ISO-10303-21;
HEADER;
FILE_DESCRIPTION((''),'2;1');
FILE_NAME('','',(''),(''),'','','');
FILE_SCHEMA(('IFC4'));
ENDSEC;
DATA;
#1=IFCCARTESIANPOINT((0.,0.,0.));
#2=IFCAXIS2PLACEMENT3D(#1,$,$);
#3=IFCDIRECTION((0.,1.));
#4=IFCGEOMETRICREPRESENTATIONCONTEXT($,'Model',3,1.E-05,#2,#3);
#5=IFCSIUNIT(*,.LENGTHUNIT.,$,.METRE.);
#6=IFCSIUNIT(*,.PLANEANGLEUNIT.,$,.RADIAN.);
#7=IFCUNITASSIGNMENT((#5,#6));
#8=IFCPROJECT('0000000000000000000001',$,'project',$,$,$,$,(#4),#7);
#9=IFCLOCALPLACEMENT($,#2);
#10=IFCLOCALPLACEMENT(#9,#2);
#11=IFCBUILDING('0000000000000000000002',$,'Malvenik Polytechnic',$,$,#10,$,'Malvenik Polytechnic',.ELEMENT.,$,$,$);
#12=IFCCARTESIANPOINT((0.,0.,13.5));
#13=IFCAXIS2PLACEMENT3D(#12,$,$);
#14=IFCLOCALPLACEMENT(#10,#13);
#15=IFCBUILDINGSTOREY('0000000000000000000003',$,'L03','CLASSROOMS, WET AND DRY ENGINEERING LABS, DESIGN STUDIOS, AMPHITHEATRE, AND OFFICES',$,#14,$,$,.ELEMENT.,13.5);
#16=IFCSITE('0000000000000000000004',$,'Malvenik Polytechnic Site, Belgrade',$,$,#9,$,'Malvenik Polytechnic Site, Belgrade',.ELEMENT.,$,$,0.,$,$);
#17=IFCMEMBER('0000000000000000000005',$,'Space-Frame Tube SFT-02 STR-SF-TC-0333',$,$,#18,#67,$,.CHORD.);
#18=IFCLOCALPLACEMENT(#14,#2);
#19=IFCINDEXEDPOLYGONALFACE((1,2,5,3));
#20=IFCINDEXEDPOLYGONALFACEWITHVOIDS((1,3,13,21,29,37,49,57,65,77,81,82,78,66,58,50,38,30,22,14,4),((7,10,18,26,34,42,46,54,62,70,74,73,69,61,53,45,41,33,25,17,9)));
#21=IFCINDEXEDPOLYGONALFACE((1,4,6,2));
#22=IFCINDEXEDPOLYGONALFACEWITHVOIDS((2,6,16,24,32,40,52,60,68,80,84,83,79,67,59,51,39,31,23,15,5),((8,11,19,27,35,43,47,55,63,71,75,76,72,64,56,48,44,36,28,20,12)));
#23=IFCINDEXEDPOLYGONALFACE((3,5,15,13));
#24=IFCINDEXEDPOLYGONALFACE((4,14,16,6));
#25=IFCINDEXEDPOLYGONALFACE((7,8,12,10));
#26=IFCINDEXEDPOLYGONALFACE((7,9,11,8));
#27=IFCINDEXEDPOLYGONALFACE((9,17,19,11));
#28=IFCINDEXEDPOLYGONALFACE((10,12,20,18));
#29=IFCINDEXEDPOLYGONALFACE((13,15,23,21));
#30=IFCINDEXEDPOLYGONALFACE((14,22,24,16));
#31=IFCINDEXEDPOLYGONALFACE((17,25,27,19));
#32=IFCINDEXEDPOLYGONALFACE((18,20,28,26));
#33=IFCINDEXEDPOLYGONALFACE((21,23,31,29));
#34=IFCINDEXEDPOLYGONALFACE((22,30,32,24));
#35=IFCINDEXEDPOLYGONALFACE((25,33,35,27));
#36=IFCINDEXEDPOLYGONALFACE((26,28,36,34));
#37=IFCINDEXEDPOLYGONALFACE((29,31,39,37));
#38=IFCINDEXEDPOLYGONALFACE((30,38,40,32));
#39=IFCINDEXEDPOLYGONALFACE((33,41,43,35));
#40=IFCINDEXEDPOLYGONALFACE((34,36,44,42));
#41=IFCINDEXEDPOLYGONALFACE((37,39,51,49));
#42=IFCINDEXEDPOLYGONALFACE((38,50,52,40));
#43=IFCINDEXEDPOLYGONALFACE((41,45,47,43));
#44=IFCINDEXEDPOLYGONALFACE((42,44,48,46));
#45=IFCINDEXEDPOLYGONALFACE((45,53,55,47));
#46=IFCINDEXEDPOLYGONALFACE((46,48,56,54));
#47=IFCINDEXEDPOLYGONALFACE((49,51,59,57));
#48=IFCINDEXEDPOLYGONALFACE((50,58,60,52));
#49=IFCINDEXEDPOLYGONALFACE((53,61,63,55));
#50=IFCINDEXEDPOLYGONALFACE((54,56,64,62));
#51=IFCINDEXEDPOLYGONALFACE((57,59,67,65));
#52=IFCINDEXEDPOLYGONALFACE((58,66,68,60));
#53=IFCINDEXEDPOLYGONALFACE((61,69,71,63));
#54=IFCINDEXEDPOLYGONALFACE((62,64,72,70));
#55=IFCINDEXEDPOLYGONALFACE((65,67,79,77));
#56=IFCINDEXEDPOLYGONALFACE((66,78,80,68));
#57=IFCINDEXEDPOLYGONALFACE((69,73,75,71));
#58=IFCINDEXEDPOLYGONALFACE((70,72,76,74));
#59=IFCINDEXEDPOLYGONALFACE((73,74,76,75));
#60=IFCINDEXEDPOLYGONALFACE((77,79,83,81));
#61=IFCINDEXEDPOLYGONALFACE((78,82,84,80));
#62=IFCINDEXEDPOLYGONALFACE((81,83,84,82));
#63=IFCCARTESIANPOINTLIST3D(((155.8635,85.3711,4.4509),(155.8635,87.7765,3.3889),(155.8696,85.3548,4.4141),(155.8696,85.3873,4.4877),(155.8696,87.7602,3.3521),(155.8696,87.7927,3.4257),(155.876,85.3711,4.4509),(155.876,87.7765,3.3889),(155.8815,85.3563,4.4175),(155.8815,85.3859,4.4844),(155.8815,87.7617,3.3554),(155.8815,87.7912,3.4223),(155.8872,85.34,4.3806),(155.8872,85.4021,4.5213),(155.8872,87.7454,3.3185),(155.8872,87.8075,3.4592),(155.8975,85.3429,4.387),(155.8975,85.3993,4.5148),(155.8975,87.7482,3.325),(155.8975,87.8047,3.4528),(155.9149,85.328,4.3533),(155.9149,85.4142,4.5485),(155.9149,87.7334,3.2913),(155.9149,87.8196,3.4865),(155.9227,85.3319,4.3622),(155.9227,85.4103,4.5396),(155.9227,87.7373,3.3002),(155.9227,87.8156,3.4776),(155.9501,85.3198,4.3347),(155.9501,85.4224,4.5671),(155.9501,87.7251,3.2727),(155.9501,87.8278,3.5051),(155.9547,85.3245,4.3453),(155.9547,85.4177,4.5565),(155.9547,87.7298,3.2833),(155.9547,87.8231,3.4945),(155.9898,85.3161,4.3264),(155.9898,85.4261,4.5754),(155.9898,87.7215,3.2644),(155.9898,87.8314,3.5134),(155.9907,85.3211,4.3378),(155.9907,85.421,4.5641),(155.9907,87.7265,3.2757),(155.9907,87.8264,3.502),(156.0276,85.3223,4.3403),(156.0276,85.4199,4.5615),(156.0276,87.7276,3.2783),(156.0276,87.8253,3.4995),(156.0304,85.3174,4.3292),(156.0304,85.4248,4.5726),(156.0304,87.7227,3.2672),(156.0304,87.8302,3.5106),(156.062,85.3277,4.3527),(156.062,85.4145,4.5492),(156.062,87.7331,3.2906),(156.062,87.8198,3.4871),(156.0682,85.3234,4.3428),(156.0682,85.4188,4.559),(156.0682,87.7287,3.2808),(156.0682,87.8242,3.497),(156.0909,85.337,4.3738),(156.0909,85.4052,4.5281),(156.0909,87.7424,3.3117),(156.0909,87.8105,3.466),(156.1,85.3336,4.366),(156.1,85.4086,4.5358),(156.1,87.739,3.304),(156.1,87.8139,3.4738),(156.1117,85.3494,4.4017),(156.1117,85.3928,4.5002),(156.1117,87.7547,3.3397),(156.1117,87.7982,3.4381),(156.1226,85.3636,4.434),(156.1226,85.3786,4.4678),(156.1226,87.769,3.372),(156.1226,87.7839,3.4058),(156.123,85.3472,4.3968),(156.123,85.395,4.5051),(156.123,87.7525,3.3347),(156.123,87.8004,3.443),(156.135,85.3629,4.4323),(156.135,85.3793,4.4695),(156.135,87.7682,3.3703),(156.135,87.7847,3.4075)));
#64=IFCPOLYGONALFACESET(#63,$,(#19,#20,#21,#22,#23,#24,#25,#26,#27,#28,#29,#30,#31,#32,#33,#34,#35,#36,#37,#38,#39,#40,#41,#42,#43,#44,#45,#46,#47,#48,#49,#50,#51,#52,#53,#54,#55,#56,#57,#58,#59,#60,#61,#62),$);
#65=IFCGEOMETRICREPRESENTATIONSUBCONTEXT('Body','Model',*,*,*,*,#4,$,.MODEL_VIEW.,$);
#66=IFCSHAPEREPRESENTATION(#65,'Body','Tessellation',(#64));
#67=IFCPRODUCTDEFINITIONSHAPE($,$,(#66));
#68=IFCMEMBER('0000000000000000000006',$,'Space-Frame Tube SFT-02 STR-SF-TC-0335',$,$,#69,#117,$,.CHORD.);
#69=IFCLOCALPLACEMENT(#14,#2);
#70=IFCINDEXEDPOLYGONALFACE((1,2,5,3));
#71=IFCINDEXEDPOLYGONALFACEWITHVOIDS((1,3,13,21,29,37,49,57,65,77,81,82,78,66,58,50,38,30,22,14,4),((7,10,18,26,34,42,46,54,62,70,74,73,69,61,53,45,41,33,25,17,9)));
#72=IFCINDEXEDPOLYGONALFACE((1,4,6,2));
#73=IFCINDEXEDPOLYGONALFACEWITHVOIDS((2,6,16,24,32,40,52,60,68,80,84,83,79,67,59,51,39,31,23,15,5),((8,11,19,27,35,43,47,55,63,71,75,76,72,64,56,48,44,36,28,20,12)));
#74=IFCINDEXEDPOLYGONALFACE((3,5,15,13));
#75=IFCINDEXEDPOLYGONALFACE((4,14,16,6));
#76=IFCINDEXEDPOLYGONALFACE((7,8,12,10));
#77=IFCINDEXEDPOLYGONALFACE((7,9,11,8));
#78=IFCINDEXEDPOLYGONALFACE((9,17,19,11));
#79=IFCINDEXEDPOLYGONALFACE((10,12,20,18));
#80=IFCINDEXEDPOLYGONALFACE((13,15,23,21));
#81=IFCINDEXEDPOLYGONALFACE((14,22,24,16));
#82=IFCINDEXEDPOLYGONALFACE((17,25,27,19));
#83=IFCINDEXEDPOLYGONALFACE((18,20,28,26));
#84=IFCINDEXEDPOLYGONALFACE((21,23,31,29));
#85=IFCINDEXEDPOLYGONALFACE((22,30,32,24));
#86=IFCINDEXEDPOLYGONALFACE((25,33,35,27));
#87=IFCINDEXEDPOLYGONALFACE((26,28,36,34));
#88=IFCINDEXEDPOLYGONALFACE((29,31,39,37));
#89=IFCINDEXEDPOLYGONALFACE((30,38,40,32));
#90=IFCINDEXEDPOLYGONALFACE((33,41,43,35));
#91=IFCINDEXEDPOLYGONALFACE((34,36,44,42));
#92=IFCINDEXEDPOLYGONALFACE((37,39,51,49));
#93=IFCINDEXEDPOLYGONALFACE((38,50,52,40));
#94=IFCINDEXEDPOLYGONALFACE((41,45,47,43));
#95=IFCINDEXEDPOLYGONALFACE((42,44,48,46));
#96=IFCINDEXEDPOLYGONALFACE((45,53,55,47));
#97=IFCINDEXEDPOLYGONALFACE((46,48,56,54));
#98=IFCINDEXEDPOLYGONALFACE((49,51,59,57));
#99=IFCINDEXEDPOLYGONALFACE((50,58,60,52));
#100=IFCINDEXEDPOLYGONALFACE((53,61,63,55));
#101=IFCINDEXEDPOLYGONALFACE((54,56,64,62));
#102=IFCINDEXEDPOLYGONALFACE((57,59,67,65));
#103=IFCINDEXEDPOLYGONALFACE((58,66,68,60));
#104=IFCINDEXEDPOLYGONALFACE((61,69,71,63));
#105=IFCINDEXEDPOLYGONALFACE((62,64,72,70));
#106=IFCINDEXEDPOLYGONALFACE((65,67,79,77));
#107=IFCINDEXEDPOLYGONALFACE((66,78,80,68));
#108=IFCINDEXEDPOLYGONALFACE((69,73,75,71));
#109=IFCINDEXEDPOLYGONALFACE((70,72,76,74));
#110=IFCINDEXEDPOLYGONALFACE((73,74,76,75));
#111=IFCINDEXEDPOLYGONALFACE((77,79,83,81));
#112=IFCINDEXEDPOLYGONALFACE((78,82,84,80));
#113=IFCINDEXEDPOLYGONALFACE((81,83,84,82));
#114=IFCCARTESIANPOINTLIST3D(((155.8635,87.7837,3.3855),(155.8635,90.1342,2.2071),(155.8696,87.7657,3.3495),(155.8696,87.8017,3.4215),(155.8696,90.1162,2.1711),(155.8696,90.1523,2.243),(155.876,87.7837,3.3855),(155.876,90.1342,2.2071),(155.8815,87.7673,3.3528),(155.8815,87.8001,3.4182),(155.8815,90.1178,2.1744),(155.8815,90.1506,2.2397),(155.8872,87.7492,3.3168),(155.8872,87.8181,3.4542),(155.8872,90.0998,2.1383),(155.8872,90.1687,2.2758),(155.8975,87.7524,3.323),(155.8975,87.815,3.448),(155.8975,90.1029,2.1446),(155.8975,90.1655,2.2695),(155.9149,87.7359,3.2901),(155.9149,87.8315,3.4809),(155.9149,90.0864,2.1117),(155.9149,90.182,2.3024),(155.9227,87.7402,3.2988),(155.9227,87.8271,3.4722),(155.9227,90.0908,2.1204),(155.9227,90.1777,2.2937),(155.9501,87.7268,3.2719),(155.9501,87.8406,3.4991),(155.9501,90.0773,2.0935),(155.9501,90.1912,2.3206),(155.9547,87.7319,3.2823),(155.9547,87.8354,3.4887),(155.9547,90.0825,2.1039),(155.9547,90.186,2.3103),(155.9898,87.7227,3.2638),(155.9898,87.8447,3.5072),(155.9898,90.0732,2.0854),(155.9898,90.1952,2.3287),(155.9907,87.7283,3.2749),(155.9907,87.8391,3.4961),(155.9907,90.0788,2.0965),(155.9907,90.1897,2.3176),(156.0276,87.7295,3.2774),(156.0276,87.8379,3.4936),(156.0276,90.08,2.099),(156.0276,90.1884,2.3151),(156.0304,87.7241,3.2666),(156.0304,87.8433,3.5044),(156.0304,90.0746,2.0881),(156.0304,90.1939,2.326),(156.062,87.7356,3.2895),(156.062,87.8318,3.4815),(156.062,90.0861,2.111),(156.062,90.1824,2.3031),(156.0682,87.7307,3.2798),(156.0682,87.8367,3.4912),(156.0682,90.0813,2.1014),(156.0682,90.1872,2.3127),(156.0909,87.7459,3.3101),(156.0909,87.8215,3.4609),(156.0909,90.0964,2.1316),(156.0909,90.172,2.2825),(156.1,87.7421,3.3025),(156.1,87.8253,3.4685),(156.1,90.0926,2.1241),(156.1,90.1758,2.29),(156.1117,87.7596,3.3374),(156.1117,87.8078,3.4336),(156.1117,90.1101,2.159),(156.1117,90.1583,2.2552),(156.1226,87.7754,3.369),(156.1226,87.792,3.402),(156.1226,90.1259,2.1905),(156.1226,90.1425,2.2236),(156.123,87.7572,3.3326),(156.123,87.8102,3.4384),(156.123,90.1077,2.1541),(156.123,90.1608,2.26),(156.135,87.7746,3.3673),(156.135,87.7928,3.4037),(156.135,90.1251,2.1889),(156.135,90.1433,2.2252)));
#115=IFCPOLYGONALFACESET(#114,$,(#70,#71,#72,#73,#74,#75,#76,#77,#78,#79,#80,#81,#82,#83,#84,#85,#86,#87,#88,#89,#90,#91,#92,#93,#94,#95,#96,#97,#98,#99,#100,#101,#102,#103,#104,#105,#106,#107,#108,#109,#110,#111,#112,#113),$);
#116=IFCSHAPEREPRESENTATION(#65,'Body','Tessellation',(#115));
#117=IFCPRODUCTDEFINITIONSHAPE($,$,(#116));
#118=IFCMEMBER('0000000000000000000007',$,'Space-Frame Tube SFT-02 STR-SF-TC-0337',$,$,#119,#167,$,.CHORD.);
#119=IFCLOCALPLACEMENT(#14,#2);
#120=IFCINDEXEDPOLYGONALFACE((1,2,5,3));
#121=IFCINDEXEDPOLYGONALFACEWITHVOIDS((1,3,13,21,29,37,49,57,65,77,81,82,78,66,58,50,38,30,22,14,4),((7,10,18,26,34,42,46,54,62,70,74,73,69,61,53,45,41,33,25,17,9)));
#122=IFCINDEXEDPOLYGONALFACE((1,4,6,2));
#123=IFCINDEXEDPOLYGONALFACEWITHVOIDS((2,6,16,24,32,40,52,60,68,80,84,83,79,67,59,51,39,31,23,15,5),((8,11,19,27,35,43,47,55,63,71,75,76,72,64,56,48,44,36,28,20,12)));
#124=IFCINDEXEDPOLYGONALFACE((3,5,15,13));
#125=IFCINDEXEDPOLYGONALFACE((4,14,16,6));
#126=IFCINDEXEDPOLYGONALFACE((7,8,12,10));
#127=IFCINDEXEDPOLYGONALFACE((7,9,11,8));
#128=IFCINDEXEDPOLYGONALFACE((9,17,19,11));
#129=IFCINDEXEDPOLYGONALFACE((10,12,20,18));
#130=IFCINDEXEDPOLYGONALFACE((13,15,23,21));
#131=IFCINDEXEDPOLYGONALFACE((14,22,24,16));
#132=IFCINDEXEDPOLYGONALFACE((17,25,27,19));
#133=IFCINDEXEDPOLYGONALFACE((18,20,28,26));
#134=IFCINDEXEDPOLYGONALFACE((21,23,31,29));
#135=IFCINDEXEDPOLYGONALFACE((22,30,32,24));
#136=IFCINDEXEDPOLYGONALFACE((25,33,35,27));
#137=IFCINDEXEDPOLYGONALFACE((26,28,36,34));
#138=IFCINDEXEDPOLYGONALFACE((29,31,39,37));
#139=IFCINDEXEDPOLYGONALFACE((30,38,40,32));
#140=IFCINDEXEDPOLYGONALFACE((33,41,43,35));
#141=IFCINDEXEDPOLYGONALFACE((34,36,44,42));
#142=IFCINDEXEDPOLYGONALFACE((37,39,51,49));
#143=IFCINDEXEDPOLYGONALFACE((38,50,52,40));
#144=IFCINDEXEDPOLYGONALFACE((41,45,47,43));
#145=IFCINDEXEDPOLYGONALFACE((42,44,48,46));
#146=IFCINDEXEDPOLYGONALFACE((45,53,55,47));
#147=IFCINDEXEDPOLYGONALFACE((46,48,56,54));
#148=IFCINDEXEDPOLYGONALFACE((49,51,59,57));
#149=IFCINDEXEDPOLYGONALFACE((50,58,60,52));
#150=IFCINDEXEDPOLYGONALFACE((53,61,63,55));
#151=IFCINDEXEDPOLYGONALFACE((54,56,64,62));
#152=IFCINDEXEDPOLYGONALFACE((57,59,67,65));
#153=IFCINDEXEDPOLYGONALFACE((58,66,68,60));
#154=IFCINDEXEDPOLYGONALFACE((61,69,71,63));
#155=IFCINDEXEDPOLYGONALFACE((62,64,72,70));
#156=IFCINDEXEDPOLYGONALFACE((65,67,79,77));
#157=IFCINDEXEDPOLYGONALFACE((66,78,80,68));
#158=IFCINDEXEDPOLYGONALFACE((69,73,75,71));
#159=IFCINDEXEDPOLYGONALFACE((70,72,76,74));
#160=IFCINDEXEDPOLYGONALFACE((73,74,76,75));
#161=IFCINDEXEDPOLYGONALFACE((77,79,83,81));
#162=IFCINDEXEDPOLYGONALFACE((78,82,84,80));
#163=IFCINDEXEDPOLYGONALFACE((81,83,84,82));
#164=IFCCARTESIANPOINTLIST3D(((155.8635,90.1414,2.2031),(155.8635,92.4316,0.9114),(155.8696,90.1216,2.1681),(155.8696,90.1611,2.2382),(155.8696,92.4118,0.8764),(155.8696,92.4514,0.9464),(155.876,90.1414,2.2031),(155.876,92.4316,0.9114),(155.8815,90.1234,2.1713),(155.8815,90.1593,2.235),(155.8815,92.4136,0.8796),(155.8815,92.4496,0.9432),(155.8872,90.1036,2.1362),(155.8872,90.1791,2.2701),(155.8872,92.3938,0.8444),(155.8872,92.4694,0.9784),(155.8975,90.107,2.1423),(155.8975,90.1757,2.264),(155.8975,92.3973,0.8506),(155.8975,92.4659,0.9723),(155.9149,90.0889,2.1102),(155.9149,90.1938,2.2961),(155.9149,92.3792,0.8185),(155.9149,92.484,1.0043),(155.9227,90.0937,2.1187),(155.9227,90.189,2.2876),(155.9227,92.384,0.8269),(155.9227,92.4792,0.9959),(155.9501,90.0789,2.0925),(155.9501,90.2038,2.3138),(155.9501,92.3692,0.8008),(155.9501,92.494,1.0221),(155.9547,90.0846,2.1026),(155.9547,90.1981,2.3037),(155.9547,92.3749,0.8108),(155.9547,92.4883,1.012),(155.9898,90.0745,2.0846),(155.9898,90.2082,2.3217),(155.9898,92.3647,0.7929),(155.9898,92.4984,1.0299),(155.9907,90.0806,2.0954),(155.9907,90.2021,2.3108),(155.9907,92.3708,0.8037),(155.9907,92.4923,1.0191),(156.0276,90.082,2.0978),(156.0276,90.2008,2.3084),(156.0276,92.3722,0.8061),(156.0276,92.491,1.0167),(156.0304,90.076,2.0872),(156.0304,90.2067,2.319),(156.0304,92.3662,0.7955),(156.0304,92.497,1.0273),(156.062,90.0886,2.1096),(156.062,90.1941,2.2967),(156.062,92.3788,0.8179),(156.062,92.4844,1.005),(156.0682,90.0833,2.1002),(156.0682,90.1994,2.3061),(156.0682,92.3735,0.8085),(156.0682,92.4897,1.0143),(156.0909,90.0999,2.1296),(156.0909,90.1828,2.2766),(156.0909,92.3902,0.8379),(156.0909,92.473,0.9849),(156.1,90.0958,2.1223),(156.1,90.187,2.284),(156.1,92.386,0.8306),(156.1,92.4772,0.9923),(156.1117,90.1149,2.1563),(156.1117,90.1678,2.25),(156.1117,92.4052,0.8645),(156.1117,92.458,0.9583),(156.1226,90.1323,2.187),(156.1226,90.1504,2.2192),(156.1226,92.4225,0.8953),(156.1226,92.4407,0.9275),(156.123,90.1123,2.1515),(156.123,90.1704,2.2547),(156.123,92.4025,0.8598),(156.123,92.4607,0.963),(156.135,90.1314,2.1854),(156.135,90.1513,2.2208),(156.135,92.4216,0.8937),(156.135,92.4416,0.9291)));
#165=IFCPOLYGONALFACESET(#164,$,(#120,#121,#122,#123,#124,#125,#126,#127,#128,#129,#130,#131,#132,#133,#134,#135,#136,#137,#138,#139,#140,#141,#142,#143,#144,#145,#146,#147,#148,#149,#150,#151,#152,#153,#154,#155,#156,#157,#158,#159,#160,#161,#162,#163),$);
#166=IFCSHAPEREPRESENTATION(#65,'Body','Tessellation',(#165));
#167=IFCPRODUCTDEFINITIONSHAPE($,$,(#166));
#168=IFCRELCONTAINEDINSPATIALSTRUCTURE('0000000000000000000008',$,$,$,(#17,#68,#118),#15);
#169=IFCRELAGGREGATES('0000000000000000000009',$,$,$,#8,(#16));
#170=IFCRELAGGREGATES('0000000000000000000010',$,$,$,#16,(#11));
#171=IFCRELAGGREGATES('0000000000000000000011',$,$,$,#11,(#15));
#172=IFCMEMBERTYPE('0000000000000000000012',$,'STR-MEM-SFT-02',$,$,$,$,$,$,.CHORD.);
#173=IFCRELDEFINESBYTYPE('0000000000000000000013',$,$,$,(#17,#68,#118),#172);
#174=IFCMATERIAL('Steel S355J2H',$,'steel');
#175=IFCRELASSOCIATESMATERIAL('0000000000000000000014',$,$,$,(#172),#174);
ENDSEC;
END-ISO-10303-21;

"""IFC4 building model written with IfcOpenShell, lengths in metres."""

from ifc_helpers import new_model, si_unit, direction, frame, origin, origin_2d, place, context, subcontext, project, spatial, hollow_circle, extrude, material, material_profile, profile_set, type_object, element, save


model = new_model("IFC4")

# Units and contexts
model_context = context("Model", 3, precision=1e-05, world=origin(), true_north=direction((0.0, 1.0)))
body_context = subcontext(model_context, "Body", "Model", "MODEL_VIEW")
ifc_project = project(units=[si_unit("LENGTHUNIT", "METRE"), si_unit("PLANEANGLEUNIT", "RADIAN")], contexts=[model_context])

# Site, building, storey
site_placement = place(None, origin())
site = spatial("IfcSite", under=ifc_project, at=site_placement, Name="Malvenik Polytechnic Site, Belgrade", LongName="Malvenik Polytechnic Site, Belgrade", CompositionType="ELEMENT", RefElevation=0.0)
building_placement = place(site_placement, origin())
building = spatial("IfcBuilding", under=site, at=building_placement, Name="Malvenik Polytechnic", LongName="Malvenik Polytechnic", CompositionType="ELEMENT")
storey_placement = place(building_placement, frame((0.0, 0.0, 13.5)))
storey = spatial("IfcBuildingStorey", under=building, at=storey_placement, Name="L03", Description="CLASSROOMS, WET AND DRY ENGINEERING LABS, DESIGN STUDIOS, AMPHITHEATRE, AND OFFICES", CompositionType="ELEMENT", Elevation=13.5)

# Members
ifc_material_1 = material(Name="Steel S355J2H", Category="steel")
ifc_material_profile_1 = material_profile(ifc_material_1, hollow_circle(Radius=0.1365, WallThickness=0.0125, at=origin_2d()), Name="CHS 273.0x12.5")
ifc_profile_set_1 = profile_set([ifc_material_profile_1], Name="Steel S355J2H")
member_type_1 = type_object("IfcMemberType", Name="STR-MEM-SFT-02", PredefinedType="CHORD", material=ifc_profile_set_1)
for number, where, z_axis, x_axis, name in (
    (1, (156.0, 85.3711, 4.4509), (0.0, 0.914797, -0.403915), (-1.0, 0.0, 0.0), "Space-Frame Tube SFT-02 STR-SF-TC-0333"),
    (2, (156.0, 87.7837, 3.3855), (0.0, 0.893944, -0.448179), (-1.0, 0.0, 0.0), "Space-Frame Tube SFT-02 STR-SF-TC-0335"),
    (3, (156.0, 90.1414, 2.2031), (0.0, 0.871012, -0.491262), (-1.0, 0.0, 0.0), "Space-Frame Tube SFT-02 STR-SF-TC-0337"),
):
    element("IfcMember", number, at=place(storey_placement, frame(where, z_axis=z_axis, x_axis=x_axis)), inside=storey, type_object=member_type_1, Name=name, PredefinedType="CHORD", context=body_context, shape_type="SweptSolid", body=[
        extrude(hollow_circle(Radius=0.1365, WallThickness=0.0125, at=origin_2d()), origin(), (0.0, 0.0, 1.0), 2.6294),
    ])

save(model, "model.ifc")
